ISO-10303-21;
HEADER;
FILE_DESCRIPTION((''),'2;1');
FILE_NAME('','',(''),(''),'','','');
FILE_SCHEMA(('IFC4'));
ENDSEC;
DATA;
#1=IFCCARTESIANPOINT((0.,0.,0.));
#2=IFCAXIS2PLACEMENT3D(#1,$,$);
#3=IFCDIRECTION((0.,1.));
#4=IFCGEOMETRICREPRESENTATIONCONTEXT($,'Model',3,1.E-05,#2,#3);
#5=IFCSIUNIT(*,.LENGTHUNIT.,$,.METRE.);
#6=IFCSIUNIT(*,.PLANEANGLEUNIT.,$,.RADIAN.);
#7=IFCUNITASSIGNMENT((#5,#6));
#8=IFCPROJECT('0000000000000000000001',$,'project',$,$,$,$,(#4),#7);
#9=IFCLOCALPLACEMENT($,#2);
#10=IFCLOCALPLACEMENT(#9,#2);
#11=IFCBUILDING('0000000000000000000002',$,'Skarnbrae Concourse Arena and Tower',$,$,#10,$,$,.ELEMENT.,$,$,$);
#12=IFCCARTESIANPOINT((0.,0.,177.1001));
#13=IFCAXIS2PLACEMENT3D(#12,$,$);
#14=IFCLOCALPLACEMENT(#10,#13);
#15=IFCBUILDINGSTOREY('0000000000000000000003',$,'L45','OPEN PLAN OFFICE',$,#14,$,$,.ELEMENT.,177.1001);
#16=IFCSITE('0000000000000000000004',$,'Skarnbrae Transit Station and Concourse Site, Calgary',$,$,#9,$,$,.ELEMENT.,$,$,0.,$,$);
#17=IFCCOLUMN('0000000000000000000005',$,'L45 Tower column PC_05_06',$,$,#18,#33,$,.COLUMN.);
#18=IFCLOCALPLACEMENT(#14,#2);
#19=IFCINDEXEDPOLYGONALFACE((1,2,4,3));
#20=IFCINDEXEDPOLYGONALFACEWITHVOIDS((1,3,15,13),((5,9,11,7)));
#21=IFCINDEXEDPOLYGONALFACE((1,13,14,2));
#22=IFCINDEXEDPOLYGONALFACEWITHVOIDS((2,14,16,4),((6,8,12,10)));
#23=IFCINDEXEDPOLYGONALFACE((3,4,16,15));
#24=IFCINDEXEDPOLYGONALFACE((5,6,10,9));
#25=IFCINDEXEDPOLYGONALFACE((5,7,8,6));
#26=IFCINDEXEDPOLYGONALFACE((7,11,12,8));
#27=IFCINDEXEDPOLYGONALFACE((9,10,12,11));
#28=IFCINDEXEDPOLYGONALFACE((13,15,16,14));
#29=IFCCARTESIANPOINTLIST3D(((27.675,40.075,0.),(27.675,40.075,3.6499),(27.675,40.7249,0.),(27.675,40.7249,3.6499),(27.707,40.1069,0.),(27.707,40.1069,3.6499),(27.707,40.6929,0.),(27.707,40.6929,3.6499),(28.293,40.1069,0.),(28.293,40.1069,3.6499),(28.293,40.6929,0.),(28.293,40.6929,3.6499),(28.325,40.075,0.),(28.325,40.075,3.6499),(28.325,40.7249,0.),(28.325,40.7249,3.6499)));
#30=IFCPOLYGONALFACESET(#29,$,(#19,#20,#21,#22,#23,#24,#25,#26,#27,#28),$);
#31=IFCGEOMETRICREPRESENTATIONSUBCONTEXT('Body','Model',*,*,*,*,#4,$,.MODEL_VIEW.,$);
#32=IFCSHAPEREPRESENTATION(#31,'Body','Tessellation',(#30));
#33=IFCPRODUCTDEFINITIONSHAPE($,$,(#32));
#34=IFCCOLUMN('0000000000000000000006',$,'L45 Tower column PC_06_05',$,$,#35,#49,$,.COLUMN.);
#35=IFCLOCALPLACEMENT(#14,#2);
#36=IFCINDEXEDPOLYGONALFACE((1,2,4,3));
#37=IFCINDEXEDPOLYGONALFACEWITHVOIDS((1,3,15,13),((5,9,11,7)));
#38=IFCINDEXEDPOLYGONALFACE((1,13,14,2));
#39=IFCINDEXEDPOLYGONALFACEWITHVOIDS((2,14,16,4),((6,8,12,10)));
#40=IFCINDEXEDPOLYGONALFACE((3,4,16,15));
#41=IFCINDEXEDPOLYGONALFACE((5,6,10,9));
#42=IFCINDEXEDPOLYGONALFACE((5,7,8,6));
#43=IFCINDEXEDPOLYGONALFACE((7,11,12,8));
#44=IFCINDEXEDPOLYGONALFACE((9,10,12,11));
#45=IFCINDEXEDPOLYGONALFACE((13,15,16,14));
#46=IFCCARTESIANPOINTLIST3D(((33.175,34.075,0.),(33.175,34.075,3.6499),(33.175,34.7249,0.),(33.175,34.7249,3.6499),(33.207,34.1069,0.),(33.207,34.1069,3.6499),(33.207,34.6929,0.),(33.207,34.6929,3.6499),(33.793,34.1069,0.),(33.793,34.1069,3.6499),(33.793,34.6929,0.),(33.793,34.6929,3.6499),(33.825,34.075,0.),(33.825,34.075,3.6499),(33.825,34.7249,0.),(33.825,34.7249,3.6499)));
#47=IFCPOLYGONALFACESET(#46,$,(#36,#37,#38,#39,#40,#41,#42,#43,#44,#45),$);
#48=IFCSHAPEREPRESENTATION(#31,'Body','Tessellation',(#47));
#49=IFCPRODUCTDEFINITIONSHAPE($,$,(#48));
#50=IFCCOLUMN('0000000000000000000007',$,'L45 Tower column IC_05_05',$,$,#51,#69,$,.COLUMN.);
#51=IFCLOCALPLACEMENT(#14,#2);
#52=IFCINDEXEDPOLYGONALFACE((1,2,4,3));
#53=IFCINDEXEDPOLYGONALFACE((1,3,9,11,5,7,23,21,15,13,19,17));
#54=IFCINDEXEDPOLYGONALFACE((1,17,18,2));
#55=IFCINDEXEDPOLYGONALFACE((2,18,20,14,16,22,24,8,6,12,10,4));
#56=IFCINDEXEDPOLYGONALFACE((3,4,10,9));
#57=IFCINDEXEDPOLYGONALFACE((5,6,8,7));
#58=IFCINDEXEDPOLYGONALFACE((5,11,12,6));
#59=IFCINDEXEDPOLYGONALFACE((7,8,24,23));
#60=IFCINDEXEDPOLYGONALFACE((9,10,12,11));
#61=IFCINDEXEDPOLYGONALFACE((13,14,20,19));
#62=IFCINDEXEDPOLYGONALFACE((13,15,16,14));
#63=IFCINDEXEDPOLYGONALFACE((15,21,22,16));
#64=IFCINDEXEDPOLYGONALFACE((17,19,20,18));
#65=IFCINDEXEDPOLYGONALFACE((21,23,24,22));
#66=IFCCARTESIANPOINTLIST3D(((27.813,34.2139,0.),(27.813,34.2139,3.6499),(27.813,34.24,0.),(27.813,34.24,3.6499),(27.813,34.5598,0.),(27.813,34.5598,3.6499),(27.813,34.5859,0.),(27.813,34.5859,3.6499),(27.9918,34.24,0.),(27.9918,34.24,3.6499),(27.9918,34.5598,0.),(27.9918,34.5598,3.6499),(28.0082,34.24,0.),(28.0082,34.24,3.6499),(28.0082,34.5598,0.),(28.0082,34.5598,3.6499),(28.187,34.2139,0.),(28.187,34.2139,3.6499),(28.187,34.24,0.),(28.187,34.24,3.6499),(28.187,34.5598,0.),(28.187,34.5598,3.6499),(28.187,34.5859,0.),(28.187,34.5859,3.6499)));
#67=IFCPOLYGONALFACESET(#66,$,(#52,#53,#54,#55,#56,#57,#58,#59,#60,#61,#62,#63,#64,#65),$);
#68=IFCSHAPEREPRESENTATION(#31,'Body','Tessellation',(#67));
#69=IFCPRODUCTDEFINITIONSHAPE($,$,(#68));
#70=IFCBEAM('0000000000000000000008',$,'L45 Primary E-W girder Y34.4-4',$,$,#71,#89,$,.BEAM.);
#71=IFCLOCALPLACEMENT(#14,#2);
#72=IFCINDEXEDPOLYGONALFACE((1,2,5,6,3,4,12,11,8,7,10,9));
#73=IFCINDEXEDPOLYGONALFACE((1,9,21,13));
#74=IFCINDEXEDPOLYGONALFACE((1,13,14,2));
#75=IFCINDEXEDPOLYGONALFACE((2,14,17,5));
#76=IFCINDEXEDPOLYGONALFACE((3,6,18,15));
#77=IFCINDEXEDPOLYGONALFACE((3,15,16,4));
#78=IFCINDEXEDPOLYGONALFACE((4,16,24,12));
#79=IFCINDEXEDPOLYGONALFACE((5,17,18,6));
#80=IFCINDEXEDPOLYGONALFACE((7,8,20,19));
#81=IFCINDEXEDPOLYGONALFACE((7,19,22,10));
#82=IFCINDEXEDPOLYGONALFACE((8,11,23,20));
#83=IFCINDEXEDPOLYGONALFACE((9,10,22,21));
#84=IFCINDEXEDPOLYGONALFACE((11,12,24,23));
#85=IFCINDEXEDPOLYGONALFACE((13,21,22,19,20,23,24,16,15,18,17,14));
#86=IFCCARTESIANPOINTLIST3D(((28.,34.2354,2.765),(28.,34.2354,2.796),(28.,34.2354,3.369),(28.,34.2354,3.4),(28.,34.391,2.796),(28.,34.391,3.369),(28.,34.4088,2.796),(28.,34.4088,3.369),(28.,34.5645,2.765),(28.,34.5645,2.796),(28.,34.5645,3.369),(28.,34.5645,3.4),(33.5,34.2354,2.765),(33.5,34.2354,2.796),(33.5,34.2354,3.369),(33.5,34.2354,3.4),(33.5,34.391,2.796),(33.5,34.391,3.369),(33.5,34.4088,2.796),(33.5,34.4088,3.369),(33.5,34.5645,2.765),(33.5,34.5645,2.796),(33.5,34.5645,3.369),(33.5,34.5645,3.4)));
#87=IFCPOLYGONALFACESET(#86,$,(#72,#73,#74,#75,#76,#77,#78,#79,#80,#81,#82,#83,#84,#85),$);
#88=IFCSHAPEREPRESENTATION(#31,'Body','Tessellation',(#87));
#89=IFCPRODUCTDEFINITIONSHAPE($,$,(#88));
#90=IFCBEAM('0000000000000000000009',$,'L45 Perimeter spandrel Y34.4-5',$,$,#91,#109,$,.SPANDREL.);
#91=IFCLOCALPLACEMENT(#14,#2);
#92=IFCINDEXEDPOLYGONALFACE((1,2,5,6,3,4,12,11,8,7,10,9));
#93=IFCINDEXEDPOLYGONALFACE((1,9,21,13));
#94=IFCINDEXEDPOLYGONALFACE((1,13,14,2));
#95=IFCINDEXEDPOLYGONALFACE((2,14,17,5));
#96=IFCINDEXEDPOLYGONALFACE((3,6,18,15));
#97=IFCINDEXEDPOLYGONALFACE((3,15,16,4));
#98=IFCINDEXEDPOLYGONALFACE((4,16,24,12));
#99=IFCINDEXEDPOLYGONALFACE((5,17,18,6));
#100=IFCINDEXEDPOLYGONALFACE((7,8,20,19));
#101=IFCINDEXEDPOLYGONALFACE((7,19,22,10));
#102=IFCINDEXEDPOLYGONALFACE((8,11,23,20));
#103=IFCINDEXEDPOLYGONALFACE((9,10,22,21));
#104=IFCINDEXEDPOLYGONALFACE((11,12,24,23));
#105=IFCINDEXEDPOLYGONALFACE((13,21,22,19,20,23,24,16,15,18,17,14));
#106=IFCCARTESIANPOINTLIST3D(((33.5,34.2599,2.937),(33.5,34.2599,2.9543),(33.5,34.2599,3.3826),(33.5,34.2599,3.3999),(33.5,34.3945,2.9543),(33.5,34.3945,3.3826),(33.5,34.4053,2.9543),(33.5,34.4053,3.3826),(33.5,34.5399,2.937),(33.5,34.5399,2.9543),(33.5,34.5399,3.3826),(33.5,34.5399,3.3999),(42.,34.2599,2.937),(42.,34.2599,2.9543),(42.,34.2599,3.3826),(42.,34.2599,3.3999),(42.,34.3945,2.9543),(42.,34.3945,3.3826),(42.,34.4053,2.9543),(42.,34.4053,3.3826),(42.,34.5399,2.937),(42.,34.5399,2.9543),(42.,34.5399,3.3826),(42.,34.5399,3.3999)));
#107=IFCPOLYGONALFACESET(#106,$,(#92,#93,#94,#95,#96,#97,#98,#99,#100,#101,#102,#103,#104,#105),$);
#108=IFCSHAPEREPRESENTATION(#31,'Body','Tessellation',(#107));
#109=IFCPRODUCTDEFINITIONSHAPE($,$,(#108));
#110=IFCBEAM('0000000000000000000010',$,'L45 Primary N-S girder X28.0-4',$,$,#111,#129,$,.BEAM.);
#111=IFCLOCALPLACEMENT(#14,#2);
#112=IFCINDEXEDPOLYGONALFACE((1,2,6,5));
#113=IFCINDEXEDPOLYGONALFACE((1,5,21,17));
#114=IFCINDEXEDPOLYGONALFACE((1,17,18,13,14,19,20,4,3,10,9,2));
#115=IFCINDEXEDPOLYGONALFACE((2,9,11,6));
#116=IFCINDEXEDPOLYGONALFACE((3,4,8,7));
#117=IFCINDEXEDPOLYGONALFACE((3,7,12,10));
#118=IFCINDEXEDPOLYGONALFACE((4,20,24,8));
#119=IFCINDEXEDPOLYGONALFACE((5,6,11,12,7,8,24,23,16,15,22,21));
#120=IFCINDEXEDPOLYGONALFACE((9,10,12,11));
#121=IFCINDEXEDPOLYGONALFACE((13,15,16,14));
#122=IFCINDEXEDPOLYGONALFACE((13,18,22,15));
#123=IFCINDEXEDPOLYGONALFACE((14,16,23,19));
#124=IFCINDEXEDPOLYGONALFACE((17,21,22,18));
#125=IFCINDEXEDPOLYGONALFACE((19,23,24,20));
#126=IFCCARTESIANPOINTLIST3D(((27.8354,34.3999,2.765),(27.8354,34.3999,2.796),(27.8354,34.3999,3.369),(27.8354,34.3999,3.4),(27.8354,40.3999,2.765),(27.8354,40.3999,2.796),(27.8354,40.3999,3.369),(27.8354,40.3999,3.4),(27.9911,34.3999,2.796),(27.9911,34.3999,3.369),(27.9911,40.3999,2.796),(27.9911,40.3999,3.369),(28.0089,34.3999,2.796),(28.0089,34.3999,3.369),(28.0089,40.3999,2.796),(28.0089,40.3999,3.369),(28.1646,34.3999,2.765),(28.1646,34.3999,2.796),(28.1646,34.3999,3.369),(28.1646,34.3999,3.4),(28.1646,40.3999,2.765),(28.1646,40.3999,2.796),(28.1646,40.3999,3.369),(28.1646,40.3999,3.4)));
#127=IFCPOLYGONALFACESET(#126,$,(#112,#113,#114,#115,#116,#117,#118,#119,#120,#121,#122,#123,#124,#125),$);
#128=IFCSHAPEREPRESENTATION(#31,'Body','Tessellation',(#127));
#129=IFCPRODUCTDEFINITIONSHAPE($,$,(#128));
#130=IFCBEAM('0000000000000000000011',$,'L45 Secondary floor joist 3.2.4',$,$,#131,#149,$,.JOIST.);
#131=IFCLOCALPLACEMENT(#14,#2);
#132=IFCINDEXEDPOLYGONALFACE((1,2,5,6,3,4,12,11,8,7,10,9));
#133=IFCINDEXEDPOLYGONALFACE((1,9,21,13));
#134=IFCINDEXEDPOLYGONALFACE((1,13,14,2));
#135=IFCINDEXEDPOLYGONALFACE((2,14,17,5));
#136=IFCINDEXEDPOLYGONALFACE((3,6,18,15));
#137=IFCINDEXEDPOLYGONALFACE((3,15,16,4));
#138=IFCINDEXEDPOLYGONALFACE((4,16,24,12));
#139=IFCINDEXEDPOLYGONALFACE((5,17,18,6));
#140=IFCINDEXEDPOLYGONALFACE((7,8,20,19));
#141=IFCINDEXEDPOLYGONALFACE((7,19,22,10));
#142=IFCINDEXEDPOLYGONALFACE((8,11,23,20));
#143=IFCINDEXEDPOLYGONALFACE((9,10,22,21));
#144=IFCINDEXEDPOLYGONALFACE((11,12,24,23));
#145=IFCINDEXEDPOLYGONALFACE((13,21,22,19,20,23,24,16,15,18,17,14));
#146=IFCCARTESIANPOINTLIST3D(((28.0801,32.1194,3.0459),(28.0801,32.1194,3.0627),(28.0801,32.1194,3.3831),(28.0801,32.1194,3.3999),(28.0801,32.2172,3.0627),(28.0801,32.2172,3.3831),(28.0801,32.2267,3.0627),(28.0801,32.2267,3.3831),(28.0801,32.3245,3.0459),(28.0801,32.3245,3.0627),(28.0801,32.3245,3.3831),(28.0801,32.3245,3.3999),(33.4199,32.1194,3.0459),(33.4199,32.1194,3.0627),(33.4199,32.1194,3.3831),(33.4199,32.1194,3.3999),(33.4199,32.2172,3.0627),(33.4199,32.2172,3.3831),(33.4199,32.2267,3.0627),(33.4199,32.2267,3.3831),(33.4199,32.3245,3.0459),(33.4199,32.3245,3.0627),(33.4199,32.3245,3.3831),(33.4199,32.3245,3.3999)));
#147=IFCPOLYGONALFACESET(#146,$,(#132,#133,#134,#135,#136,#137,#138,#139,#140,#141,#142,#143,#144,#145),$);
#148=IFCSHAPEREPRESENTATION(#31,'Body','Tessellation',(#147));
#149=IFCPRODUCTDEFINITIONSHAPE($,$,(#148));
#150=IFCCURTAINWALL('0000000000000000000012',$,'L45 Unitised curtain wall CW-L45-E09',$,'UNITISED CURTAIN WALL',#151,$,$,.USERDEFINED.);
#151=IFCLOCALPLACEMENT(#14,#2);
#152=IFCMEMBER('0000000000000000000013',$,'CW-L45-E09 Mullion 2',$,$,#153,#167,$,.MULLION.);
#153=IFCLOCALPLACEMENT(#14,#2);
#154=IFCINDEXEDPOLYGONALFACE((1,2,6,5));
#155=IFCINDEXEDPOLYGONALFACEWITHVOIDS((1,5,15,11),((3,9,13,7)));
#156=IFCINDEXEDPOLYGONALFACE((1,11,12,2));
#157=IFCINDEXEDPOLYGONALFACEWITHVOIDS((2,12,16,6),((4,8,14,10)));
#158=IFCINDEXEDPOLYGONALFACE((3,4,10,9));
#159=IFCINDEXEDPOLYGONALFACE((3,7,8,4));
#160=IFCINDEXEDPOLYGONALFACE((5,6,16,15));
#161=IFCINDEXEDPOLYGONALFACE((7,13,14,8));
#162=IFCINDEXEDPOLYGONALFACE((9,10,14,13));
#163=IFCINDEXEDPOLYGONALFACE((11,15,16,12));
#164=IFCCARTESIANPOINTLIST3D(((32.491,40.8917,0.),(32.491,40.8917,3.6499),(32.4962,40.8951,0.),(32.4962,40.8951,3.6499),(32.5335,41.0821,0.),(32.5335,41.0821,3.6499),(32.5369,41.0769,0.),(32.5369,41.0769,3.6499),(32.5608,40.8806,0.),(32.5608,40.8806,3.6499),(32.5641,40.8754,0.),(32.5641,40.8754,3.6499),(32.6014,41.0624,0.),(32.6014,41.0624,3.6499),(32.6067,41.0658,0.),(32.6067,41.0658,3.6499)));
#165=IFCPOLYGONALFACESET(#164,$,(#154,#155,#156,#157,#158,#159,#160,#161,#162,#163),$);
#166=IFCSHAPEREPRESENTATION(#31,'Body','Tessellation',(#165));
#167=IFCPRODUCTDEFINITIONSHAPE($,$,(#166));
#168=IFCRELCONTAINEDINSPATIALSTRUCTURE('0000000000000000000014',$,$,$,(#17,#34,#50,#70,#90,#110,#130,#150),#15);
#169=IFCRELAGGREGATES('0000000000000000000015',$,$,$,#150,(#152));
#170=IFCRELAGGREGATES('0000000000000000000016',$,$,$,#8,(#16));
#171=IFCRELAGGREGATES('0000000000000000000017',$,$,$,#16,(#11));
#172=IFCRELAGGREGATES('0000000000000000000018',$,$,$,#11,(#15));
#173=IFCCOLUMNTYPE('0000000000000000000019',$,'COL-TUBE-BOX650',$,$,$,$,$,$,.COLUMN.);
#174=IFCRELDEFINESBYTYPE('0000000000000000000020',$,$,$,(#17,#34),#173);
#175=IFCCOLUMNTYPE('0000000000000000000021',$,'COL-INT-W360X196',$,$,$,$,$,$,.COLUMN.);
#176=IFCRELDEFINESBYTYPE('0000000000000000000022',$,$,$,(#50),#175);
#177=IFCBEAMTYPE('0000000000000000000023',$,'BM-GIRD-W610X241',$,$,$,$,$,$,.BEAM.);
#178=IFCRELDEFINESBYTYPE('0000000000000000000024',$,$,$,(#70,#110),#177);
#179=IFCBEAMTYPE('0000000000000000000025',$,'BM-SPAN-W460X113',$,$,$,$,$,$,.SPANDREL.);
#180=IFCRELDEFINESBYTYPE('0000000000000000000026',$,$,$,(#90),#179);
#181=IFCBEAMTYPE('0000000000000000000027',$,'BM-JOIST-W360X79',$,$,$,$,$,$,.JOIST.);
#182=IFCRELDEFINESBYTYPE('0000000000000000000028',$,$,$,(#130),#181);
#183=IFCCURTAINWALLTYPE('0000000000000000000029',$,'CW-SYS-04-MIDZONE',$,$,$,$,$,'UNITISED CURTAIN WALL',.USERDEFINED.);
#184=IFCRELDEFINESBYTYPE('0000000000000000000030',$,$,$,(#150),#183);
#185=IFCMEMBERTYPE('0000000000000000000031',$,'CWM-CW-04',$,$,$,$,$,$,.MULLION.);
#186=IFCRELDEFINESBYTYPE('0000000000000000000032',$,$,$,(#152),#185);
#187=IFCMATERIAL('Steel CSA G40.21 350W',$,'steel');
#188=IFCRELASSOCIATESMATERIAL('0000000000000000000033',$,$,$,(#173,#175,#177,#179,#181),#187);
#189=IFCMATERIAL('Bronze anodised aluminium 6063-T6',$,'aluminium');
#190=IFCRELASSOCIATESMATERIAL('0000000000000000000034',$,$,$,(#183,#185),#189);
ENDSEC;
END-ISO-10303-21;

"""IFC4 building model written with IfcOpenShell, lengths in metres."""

from ifc_helpers import new_model, si_unit, direction, frame, origin, origin_2d, place, context, subcontext, project, spatial, hollow_rectangle, i_section, extrude, source, transform, mapped, material, material_profile, profile_set, type_object, element, aggregate, save


model = new_model("IFC4")

# Units and contexts
model_context = context("Model", 3, precision=1e-05, world=origin(), true_north=direction((0.0, 1.0)))
body_context = subcontext(model_context, "Body", "Model", "MODEL_VIEW")
ifc_project = project(units=[si_unit("LENGTHUNIT", "METRE"), si_unit("PLANEANGLEUNIT", "RADIAN")], contexts=[model_context])

# Site, building, storey
site_placement = place(None, origin())
site = spatial("IfcSite", under=ifc_project, at=site_placement, Name="Skarnbrae Transit Station and Concourse Site, Calgary", CompositionType="ELEMENT", RefElevation=0.0)
building_placement = place(site_placement, origin())
building = spatial("IfcBuilding", under=site, at=building_placement, Name="Skarnbrae Concourse Arena and Tower", CompositionType="ELEMENT")
storey_placement = place(building_placement, frame((0.0, 0.0, 177.1001)))
storey = spatial("IfcBuildingStorey", under=building, at=storey_placement, Name="L45", Description="OPEN PLAN OFFICE", CompositionType="ELEMENT", Elevation=177.1001)

# Columns
ifc_material_1 = material(Name="Steel CSA G40.21 350W", Category="steel")
ifc_material_profile_1 = material_profile(ifc_material_1, hollow_rectangle(XDim=0.6499, YDim=0.6499, WallThickness=0.032, at=origin_2d()), Name="BOX650X650X32")
ifc_profile_set_1 = profile_set([ifc_material_profile_1], Name="Steel CSA G40.21 350W")
column_type_1 = type_object("IfcColumnType", Name="COL-TUBE-BOX650", PredefinedType="COLUMN", material=ifc_profile_set_1)
shared_shape_1 = source(origin(), body_context, "Body", "SweptSolid", [
    extrude(hollow_rectangle(XDim=0.6499, YDim=0.6499, WallThickness=0.032, at=origin_2d()), origin(), (0.0, 0.0, 1.0), 3.6499),
])
for number, where, z_axis, x_axis, name in (
    (1, (28.0, 40.3999, 0.0), (0.0, 0.0, 1.0), (1.0, 0.0, 0.0), "L45 Tower column PC_05_06"),
    (2, (33.5, 34.3999, 0.0), (0.0, 0.0, 1.0), (1.0, 0.0, 0.0), "L45 Tower column PC_06_05"),
):
    element("IfcColumn", number, at=place(storey_placement, frame(where, z_axis=z_axis, x_axis=x_axis)), inside=storey, type_object=column_type_1, Name=name, PredefinedType="COLUMN", context=body_context, shape_type="MappedRepresentation", body=[
        mapped(shared_shape_1, transform((0.0, 0.0, 0.0))),
    ])
ifc_material_profile_2 = material_profile(ifc_material_1, i_section(OverallWidth=0.374, OverallDepth=0.3721, WebThickness=0.0164, FlangeThickness=0.0261, at=origin_2d()), Name="W360X196")
ifc_profile_set_2 = profile_set([ifc_material_profile_2], Name="Steel CSA G40.21 350W")
column_type_2 = type_object("IfcColumnType", Name="COL-INT-W360X196", PredefinedType="COLUMN", material=ifc_profile_set_2)
shared_shape_2 = source(origin(), body_context, "Body", "SweptSolid", [
    extrude(i_section(OverallWidth=0.374, OverallDepth=0.3721, WebThickness=0.0164, FlangeThickness=0.0261, at=origin_2d()), origin(), (0.0, 0.0, 1.0), 3.6499),
])
column_placement = place(storey_placement, frame((28.0, 34.3999, 0.0), z_axis=(0.0, 0.0, 1.0), x_axis=(1.0, 0.0, 0.0)))
element("IfcColumn", 3, at=column_placement, inside=storey, type_object=column_type_2, Name="L45 Tower column IC_05_05", PredefinedType="COLUMN", context=body_context, shape_type="MappedRepresentation", body=[
    mapped(shared_shape_2, transform((0.0, 0.0, 0.0))),
])

# Beams
ifc_material_profile_3 = material_profile(ifc_material_1, i_section(OverallWidth=0.3291, OverallDepth=0.635, WebThickness=0.0178, FlangeThickness=0.031, at=origin_2d()), Name="W610X241")
ifc_profile_set_3 = profile_set([ifc_material_profile_3], Name="Steel CSA G40.21 350W")
beam_type_1 = type_object("IfcBeamType", Name="BM-GIRD-W610X241", PredefinedType="BEAM", material=ifc_profile_set_3)
shared_shape_3 = source(origin(), body_context, "Body", "SweptSolid", [
    extrude(i_section(OverallWidth=0.3291, OverallDepth=0.635, WebThickness=0.0178, FlangeThickness=0.031, at=origin_2d()), origin(), (0.0, 0.0, 1.0), 5.5),
])
beam_1_placement = place(storey_placement, frame((28.0, 34.3999, 3.0825), z_axis=(1.0, 0.0, 0.0), x_axis=(0.0, 1.0, 0.0)))
element("IfcBeam", 4, at=beam_1_placement, inside=storey, type_object=beam_type_1, Name="L45 Primary E-W girder Y34.4-4", PredefinedType="BEAM", context=body_context, shape_type="MappedRepresentation", body=[
    mapped(shared_shape_3, transform((0.0, 0.0, 0.0))),
])
ifc_material_profile_4 = material_profile(ifc_material_1, i_section(OverallWidth=0.28, OverallDepth=0.4629, WebThickness=0.0107, FlangeThickness=0.0173, at=origin_2d()), Name="W460X113")
ifc_profile_set_4 = profile_set([ifc_material_profile_4], Name="Steel CSA G40.21 350W")
beam_type_2 = type_object("IfcBeamType", Name="BM-SPAN-W460X113", PredefinedType="SPANDREL", material=ifc_profile_set_4)
shared_shape_4 = source(origin(), body_context, "Body", "SweptSolid", [
    extrude(i_section(OverallWidth=0.28, OverallDepth=0.4629, WebThickness=0.0107, FlangeThickness=0.0173, at=origin_2d()), origin(), (0.0, 0.0, 1.0), 8.5),
])
beam_2_placement = place(storey_placement, frame((33.5, 34.3999, 3.1685), z_axis=(1.0, 0.0, 0.0), x_axis=(0.0, 1.0, 0.0)))
element("IfcBeam", 5, at=beam_2_placement, inside=storey, type_object=beam_type_2, Name="L45 Perimeter spandrel Y34.4-5", PredefinedType="SPANDREL", context=body_context, shape_type="MappedRepresentation", body=[
    mapped(shared_shape_4, transform((0.0, 0.0, 0.0))),
])
shared_shape_5 = source(origin(), body_context, "Body", "SweptSolid", [
    extrude(i_section(OverallWidth=0.3291, OverallDepth=0.635, WebThickness=0.0178, FlangeThickness=0.031, at=origin_2d()), origin(), (0.0, 0.0, 1.0), 6.0),
])
beam_3_placement = place(storey_placement, frame((28.0, 34.3999, 3.0825), z_axis=(0.0, 1.0, 0.0), x_axis=(-1.0, 0.0, 0.0)))
element("IfcBeam", 6, at=beam_3_placement, inside=storey, type_object=beam_type_1, Name="L45 Primary N-S girder X28.0-4", PredefinedType="BEAM", context=body_context, shape_type="MappedRepresentation", body=[
    mapped(shared_shape_5, transform((0.0, 0.0, 0.0))),
])
ifc_material_profile_5 = material_profile(ifc_material_1, i_section(OverallWidth=0.2051, OverallDepth=0.354, WebThickness=0.0095, FlangeThickness=0.0168, at=origin_2d()), Name="W360X79")
ifc_profile_set_5 = profile_set([ifc_material_profile_5], Name="Steel CSA G40.21 350W")
beam_type_3 = type_object("IfcBeamType", Name="BM-JOIST-W360X79", PredefinedType="JOIST", material=ifc_profile_set_5)
shared_shape_6 = source(origin(), body_context, "Body", "SweptSolid", [
    extrude(i_section(OverallWidth=0.2051, OverallDepth=0.354, WebThickness=0.0095, FlangeThickness=0.0168, at=origin_2d()), origin(), (0.0, 0.0, 1.0), 5.3398),
])
beam_4_placement = place(storey_placement, frame((28.0801, 32.2219, 3.2229), z_axis=(1.0, 0.0, 0.0), x_axis=(0.0, 1.0, 0.0)))
element("IfcBeam", 7, at=beam_4_placement, inside=storey, type_object=beam_type_3, Name="L45 Secondary floor joist 3.2.4", PredefinedType="JOIST", context=body_context, shape_type="MappedRepresentation", body=[
    mapped(shared_shape_6, transform((0.0, 0.0, 0.0))),
])

# Curtain wall, member
ifc_material_2 = material(Name="Bronze anodised aluminium 6063-T6", Category="aluminium")
curtain_wall_type = type_object("IfcCurtainWallType", Name="CW-SYS-04-MIDZONE", ElementType="UNITISED CURTAIN WALL", PredefinedType="USERDEFINED", material=ifc_material_2)
curtain_wall_1_placement = place(storey_placement, origin())
curtain_wall_1 = element("IfcCurtainWall", 8, at=curtain_wall_1_placement, inside=storey, type_object=curtain_wall_type, Name="L45 Unitised curtain wall CW-L45-E09", ObjectType="UNITISED CURTAIN WALL", PredefinedType="USERDEFINED")
ifc_material_profile_6 = material_profile(ifc_material_2, hollow_rectangle(XDim=0.075, YDim=0.1951, WallThickness=0.0044, at=origin_2d()), Name="ALU-MULL-75X195")
ifc_profile_set_6 = profile_set([ifc_material_profile_6], Name="Bronze anodised aluminium 6063-T6")
member_type_1 = type_object("IfcMemberType", Name="CWM-CW-04", PredefinedType="MULLION", material=ifc_profile_set_6)
shared_shape_7 = source(origin(), body_context, "Body", "SweptSolid", [
    extrude(hollow_rectangle(XDim=0.075, YDim=0.1951, WallThickness=0.0044, at=origin_2d()), origin(), (0.0, 0.0, 1.0), 3.6499),
])
member_1_placement = place(storey_placement, frame((32.5488, 40.9788, 0.0), z_axis=(0.0, 0.0, 1.0), x_axis=(-0.975936, 0.218056, 0.0)))
member_1 = element("IfcMember", 9, at=member_1_placement, type_object=member_type_1, Name="CW-L45-E09 Mullion 2", PredefinedType="MULLION", context=body_context, shape_type="MappedRepresentation", body=[
    mapped(shared_shape_7, transform((0.0, 0.0, 0.0))),
])
aggregate(curtain_wall_1, [member_1])

save(model, "model.ifc")
